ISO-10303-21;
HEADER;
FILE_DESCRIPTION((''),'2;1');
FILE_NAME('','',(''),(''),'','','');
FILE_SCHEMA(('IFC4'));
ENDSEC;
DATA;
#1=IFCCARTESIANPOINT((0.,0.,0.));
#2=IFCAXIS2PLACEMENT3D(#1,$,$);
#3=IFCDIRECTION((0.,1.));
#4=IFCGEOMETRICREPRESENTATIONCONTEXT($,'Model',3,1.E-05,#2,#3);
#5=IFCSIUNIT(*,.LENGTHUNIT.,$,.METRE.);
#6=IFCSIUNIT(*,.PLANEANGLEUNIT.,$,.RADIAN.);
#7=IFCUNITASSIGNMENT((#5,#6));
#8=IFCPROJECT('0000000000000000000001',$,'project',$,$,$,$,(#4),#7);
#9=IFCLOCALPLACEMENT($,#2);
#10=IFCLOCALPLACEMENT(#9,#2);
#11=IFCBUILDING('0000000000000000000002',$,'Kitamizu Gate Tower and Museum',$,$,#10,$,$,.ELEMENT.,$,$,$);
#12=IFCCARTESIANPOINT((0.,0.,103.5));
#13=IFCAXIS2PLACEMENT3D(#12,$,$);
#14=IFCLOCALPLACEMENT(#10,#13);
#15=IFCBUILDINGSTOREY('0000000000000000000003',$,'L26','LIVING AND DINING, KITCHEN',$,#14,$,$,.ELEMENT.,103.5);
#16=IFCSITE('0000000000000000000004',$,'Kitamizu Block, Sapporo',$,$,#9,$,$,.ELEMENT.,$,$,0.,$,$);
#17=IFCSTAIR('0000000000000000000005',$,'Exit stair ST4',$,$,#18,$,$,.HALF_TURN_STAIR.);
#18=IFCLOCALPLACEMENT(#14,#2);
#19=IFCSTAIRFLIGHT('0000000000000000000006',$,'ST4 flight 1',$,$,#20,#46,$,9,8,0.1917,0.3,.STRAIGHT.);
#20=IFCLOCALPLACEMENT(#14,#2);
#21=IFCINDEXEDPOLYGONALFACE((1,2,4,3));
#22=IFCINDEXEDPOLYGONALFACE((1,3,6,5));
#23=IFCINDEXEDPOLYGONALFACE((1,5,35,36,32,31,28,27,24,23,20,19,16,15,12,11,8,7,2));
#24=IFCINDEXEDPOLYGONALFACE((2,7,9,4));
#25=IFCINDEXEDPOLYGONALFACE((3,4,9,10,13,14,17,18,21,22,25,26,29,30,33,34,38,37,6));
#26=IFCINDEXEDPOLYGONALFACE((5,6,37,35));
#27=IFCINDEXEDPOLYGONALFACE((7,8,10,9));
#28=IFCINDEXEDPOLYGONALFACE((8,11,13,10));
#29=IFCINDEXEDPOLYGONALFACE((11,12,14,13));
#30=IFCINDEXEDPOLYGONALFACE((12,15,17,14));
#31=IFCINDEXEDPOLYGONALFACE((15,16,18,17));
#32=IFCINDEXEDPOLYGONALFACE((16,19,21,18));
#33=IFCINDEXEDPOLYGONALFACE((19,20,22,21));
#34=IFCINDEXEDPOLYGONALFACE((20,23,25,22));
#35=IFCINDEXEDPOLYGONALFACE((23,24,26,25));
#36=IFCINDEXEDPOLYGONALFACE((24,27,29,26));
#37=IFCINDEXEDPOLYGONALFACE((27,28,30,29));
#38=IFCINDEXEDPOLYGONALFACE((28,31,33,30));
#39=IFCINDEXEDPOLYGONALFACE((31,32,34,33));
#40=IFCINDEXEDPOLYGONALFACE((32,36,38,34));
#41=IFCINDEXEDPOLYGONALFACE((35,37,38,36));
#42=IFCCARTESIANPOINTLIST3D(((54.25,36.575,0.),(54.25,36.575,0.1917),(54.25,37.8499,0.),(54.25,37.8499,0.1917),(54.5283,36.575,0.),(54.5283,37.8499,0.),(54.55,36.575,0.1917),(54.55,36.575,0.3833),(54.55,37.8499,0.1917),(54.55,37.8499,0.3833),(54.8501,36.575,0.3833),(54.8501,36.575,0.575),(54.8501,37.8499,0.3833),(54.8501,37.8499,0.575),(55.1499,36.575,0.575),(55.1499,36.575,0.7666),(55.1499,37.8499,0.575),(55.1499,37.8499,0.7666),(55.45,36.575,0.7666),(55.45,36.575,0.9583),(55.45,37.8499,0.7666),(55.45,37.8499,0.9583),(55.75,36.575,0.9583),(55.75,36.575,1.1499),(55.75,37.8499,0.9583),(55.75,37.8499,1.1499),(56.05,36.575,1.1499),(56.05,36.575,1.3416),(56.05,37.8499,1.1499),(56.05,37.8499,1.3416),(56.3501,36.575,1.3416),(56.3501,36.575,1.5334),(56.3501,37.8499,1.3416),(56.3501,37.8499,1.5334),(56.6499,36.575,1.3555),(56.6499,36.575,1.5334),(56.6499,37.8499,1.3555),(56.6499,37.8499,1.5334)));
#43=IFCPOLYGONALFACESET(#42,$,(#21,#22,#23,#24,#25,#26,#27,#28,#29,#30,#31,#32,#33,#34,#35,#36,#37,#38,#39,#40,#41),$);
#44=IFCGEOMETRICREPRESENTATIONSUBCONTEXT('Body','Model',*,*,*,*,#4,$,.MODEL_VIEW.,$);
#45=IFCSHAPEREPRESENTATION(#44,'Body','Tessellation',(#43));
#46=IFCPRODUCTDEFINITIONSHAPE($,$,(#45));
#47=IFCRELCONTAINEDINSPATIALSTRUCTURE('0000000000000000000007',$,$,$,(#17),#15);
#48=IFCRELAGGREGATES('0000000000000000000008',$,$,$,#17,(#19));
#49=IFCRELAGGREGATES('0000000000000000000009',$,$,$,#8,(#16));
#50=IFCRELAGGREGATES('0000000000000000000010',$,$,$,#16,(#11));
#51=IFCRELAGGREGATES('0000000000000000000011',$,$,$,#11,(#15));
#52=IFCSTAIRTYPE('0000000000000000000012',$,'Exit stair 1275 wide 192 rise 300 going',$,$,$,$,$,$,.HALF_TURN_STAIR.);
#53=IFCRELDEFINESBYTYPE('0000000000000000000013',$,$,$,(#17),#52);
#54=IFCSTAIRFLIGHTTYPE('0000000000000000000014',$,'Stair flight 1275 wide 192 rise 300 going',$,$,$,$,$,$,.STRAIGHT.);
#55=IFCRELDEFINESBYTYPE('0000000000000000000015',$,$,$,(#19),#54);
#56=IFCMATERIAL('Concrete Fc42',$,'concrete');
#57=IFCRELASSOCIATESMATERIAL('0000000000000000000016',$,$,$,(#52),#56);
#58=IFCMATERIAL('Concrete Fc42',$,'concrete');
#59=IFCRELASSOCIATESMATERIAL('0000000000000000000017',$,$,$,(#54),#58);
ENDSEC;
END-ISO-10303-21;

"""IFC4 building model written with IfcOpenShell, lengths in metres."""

from ifc_helpers import new_model, si_unit, direction, frame, origin, place, context, subcontext, project, spatial, polyline, outline, extrude, material, type_object, element, aggregate, save


model = new_model("IFC4")

# Units and contexts
model_context = context("Model", 3, precision=1e-05, world=origin(), true_north=direction((0.0, 1.0)))
body_context = subcontext(model_context, "Body", "Model", "MODEL_VIEW")
ifc_project = project(units=[si_unit("LENGTHUNIT", "METRE"), si_unit("PLANEANGLEUNIT", "RADIAN")], contexts=[model_context])

# Site, building, storey
site_placement = place(None, origin())
site = spatial("IfcSite", under=ifc_project, at=site_placement, Name="Kitamizu Block, Sapporo", CompositionType="ELEMENT", RefElevation=0.0)
building_placement = place(site_placement, origin())
building = spatial("IfcBuilding", under=site, at=building_placement, Name="Kitamizu Gate Tower and Museum", CompositionType="ELEMENT")
storey_placement = place(building_placement, frame((0.0, 0.0, 103.5)))
storey = spatial("IfcBuildingStorey", under=building, at=storey_placement, Name="L26", Description="LIVING AND DINING, KITCHEN", CompositionType="ELEMENT", Elevation=103.5)

# Stair, stair flight
ifc_material_1 = material(Name="Concrete Fc42", Category="concrete")
stair_type = type_object("IfcStairType", Name="Exit stair 1275 wide 192 rise 300 going", PredefinedType="HALF_TURN_STAIR", material=ifc_material_1)
stair_placement = place(storey_placement, origin())
stair = element("IfcStair", 1, at=stair_placement, inside=storey, type_object=stair_type, Name="Exit stair ST4", PredefinedType="HALF_TURN_STAIR")
ifc_material_2 = material(Name="Concrete Fc42", Category="concrete")
stair_flight_type = type_object("IfcStairFlightType", Name="Stair flight 1275 wide 192 rise 300 going", PredefinedType="STRAIGHT", material=ifc_material_2)
stair_flight_placement = place(storey_placement, frame((54.25, 37.2124, 0.0), z_axis=(0.0, 0.0, 1.0), x_axis=(1.0, 0.0, 0.0)))
stair_flight = element("IfcStairFlight", 2, at=stair_flight_placement, type_object=stair_flight_type, Name="ST4 flight 1", NumberOfRisers=9, NumberOfTreads=8, PredefinedType="STRAIGHT", RiserHeight=0.1917, TreadLength=0.3, context=body_context, shape_type="SweptSolid", body=[
    extrude(outline(polyline([(0.0, 0.0), (0.0, 0.1917), (0.3, 0.1917), (0.3, 0.3833), (0.6001, 0.3833), (0.6001, 0.575), (0.8999, 0.575), (0.8999, 0.7666), (1.2, 0.7666), (1.2, 0.9583), (1.5, 0.9583), (1.5, 1.1499), (1.8, 1.1499), (1.8, 1.3416), (2.1001, 1.3416), (2.1001, 1.5334), (2.3999, 1.5334), (2.3999, 1.7251), (2.3999, 1.3555), (0.2783, 0.0), (0.0, 0.0)])), frame((0.0, 0.6375, 0.0), z_axis=(0.0, -1.0, 0.0), x_axis=(1.0, 0.0, 0.0)), (0.0, 0.0, 1.0), 1.2749),
])
aggregate(stair, [stair_flight])

save(model, "model.ifc")
